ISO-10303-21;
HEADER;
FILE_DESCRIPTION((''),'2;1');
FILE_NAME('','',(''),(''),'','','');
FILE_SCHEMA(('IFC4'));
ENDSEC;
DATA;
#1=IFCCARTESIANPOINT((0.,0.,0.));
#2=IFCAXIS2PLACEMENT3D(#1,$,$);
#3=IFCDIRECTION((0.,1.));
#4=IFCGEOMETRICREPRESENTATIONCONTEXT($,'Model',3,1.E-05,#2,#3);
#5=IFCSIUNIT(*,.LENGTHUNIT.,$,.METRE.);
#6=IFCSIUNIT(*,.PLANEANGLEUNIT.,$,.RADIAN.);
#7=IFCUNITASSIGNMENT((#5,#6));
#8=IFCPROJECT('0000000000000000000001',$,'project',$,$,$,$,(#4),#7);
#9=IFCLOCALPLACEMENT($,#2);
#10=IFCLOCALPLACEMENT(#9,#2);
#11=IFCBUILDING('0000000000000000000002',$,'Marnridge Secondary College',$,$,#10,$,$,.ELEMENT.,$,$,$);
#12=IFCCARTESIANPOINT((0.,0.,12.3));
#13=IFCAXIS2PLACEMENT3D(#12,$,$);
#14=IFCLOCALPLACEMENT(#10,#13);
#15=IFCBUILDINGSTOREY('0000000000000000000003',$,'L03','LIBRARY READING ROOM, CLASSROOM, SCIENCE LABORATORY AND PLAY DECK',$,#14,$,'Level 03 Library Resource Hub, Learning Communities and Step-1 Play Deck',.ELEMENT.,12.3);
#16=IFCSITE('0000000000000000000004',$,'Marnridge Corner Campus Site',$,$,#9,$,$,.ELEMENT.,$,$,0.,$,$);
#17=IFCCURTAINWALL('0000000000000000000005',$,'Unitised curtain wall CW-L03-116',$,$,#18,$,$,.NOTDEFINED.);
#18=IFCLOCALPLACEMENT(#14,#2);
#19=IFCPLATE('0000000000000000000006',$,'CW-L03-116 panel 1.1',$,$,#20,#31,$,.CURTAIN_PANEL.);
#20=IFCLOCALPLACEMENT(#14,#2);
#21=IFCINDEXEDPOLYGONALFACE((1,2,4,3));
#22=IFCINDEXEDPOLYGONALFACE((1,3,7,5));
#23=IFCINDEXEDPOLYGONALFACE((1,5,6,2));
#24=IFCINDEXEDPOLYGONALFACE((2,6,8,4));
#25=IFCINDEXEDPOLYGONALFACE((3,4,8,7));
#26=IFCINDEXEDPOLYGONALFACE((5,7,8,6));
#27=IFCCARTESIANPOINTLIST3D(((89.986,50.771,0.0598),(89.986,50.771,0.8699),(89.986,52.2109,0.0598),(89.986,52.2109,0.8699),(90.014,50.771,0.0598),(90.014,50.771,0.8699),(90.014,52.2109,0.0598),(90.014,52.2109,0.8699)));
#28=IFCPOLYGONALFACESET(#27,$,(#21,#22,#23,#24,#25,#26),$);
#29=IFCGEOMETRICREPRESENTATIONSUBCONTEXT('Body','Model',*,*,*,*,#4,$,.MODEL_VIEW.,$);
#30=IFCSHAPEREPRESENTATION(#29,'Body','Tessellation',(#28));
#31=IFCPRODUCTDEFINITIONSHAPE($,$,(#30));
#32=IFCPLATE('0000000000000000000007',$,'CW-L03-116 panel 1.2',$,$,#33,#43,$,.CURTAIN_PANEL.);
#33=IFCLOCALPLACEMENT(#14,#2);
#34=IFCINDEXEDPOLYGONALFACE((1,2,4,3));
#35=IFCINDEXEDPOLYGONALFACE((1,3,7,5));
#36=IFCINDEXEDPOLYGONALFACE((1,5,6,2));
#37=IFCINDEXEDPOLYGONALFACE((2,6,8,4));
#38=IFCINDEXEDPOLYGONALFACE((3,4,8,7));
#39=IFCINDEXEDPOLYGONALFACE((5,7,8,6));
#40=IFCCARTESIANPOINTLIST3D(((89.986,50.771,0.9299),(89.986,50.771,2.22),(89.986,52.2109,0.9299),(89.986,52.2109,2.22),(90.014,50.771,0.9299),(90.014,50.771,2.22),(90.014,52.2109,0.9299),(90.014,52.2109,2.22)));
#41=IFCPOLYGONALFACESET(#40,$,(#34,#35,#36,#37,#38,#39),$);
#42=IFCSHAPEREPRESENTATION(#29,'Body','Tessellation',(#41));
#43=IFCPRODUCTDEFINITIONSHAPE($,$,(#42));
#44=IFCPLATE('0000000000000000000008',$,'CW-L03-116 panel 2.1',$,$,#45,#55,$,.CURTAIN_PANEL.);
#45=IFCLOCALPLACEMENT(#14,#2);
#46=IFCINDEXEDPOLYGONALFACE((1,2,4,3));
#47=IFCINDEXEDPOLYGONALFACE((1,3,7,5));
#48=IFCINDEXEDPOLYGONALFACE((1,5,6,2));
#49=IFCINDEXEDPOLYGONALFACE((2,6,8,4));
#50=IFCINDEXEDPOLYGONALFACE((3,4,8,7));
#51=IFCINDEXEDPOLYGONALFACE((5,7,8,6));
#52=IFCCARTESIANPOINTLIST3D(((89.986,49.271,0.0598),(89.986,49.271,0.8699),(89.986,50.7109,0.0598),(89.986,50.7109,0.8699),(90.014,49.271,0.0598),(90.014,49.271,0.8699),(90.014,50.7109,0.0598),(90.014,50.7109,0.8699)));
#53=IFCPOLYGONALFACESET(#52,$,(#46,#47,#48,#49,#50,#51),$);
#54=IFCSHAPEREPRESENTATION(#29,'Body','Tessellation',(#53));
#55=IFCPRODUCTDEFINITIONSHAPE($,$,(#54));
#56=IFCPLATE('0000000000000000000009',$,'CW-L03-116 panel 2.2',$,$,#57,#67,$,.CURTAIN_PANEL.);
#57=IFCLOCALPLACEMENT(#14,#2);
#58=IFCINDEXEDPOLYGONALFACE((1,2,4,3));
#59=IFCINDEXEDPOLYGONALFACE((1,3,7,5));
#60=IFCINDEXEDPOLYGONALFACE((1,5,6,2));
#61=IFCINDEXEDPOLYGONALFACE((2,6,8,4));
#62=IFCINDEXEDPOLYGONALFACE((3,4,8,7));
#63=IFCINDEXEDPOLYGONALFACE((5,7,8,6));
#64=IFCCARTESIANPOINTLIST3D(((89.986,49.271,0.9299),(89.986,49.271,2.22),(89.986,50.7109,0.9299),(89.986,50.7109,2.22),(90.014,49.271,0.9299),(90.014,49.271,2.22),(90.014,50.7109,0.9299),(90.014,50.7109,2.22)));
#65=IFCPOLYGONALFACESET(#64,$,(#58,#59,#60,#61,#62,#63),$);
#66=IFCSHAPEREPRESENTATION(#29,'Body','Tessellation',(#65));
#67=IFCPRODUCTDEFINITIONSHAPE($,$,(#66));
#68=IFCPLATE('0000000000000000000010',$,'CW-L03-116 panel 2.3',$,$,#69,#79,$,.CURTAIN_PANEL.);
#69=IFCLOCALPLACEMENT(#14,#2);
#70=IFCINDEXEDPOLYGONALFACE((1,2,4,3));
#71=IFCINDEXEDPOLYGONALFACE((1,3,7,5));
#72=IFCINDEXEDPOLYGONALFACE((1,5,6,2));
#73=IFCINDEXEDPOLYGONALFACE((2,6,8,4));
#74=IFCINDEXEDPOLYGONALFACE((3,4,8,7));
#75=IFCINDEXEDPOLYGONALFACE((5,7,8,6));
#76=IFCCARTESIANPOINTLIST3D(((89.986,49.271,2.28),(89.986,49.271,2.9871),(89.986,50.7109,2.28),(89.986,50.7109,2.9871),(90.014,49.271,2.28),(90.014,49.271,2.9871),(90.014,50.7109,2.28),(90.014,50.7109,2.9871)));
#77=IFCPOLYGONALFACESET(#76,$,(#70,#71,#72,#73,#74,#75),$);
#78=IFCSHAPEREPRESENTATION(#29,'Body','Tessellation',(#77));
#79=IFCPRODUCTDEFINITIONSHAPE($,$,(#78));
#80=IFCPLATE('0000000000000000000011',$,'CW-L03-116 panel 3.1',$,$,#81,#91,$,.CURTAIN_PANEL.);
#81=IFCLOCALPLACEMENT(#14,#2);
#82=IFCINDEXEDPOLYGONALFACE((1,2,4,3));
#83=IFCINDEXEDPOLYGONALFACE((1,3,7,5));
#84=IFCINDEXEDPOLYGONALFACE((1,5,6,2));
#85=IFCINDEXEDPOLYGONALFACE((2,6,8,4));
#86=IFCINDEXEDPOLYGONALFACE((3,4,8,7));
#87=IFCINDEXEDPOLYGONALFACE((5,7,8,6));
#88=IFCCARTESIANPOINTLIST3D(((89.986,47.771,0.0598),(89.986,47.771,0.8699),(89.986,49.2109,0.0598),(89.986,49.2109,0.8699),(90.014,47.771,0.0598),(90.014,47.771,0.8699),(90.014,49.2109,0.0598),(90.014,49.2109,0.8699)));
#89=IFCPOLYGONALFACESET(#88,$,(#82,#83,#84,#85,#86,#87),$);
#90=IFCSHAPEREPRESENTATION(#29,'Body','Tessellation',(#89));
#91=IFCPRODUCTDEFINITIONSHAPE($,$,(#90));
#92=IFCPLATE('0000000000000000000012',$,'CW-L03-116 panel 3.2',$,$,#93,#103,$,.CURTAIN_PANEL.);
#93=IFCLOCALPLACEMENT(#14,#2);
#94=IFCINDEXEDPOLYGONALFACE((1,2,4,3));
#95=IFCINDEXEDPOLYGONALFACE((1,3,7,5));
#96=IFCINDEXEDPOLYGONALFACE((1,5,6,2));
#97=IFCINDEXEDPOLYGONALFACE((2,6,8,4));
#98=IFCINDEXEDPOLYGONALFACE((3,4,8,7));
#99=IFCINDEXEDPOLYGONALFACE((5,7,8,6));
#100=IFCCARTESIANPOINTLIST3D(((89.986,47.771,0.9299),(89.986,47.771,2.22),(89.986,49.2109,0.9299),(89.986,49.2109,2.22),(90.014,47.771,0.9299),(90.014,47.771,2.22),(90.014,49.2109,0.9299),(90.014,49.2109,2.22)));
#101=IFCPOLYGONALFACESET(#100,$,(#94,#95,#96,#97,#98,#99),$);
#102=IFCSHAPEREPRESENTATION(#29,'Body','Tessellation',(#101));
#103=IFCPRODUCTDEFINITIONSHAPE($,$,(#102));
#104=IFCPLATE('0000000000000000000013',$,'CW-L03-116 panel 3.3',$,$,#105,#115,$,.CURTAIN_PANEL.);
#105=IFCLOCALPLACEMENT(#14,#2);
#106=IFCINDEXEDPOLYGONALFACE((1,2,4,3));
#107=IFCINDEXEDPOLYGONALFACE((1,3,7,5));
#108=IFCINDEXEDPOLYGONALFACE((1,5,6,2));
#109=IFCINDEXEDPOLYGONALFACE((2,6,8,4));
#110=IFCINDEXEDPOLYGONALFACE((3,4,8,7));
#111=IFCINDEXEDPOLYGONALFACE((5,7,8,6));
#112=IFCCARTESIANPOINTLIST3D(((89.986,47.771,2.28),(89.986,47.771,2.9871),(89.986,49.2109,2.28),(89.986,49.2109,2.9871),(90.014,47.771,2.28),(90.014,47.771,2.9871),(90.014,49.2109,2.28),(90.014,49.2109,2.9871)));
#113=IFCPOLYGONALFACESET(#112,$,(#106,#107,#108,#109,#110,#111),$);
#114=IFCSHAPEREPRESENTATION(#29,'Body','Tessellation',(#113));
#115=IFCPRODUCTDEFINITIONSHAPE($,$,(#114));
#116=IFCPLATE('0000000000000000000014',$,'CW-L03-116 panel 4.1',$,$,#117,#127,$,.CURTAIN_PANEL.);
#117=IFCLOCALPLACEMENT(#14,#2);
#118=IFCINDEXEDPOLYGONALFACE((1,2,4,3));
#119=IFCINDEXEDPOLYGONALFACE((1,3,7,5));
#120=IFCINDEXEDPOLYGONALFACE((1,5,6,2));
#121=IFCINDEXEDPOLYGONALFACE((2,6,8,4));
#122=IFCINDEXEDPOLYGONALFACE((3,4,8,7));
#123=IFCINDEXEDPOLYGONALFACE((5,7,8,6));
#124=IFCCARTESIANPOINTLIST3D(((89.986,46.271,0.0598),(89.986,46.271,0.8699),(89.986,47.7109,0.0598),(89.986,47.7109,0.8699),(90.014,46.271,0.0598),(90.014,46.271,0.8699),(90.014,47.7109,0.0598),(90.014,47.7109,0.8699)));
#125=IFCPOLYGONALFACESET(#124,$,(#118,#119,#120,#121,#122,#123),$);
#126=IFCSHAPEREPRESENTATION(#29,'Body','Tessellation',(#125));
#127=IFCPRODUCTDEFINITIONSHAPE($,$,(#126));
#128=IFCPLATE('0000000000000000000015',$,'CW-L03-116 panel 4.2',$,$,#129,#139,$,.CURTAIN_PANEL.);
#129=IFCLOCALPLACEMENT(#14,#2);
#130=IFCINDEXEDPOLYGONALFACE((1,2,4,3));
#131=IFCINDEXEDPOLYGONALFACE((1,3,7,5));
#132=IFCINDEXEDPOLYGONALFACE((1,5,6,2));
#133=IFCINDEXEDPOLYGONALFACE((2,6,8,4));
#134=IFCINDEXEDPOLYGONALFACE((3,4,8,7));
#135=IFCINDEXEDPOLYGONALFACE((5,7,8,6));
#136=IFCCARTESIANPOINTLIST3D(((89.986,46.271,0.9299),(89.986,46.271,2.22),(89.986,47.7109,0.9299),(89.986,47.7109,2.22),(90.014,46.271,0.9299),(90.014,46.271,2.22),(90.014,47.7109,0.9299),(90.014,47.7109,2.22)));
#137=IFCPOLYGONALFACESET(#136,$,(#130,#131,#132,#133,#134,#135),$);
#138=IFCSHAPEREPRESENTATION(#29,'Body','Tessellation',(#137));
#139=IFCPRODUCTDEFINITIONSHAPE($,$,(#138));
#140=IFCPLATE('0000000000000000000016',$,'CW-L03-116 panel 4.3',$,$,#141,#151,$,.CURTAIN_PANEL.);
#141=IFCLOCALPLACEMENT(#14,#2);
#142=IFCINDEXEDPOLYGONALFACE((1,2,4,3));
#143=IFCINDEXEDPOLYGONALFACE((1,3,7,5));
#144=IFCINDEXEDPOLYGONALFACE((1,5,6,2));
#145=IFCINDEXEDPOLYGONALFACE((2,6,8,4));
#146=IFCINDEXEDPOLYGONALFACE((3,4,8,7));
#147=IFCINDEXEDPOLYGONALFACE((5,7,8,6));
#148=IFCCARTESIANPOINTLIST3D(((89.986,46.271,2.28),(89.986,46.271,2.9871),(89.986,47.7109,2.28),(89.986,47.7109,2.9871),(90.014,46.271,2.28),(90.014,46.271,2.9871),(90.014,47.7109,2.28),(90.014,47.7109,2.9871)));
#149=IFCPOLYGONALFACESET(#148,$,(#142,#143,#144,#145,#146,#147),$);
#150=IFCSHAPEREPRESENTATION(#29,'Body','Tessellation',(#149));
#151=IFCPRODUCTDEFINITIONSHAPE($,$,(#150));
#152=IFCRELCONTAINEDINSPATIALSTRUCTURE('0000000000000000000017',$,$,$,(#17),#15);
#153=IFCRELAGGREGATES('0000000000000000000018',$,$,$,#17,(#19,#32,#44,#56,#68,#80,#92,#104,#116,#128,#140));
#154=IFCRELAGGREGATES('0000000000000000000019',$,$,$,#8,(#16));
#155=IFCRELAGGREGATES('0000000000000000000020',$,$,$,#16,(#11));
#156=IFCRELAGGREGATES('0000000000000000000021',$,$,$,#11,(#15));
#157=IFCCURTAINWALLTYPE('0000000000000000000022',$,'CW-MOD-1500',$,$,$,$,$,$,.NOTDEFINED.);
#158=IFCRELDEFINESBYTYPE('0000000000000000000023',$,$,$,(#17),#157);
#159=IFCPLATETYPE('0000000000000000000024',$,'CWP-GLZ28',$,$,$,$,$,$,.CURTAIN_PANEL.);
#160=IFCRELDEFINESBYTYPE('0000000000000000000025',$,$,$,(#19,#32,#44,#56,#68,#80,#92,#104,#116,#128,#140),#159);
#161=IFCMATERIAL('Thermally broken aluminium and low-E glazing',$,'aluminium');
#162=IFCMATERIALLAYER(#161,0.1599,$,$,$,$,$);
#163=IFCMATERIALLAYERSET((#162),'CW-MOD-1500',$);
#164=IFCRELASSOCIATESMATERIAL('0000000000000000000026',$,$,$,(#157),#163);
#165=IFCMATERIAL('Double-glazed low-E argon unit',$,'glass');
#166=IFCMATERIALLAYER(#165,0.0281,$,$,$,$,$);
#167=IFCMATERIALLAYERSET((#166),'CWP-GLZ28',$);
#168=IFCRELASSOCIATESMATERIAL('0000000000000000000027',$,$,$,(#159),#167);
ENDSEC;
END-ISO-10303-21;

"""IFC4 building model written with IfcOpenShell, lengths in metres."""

from ifc_helpers import new_model, si_unit, direction, frame, origin, origin_2d, place, context, subcontext, project, spatial, rectangle, extrude, material, layer, layer_set, type_object, element, aggregate, save


model = new_model("IFC4")

# Units and contexts
model_context = context("Model", 3, precision=1e-05, world=origin(), true_north=direction((0.0, 1.0)))
body_context = subcontext(model_context, "Body", "Model", "MODEL_VIEW")
ifc_project = project(units=[si_unit("LENGTHUNIT", "METRE"), si_unit("PLANEANGLEUNIT", "RADIAN")], contexts=[model_context])

# Site, building, storey
site_placement = place(None, origin())
site = spatial("IfcSite", under=ifc_project, at=site_placement, Name="Marnridge Corner Campus Site", CompositionType="ELEMENT", RefElevation=0.0)
building_placement = place(site_placement, origin())
building = spatial("IfcBuilding", under=site, at=building_placement, Name="Marnridge Secondary College", CompositionType="ELEMENT")
storey_placement = place(building_placement, frame((0.0, 0.0, 12.3)))
storey = spatial("IfcBuildingStorey", under=building, at=storey_placement, Name="L03", Description="LIBRARY READING ROOM, CLASSROOM, SCIENCE LABORATORY AND PLAY DECK", LongName="Level 03 Library Resource Hub, Learning Communities and Step-1 Play Deck", CompositionType="ELEMENT", Elevation=12.3)

# Curtain wall, plates
ifc_material_1 = material(Name="Thermally broken aluminium and low-E glazing", Category="aluminium")
ifc_layer_1 = layer(ifc_material_1, 0.1599)
ifc_layer_set_1 = layer_set([ifc_layer_1], Name="CW-MOD-1500")
curtain_wall_type = type_object("IfcCurtainWallType", Name="CW-MOD-1500", PredefinedType="NOTDEFINED", material=ifc_layer_set_1)
curtain_wall_placement = place(storey_placement, origin())
curtain_wall = element("IfcCurtainWall", 1, at=curtain_wall_placement, inside=storey, type_object=curtain_wall_type, Name="Unitised curtain wall CW-L03-116", PredefinedType="NOTDEFINED")
ifc_material_2 = material(Name="Double-glazed low-E argon unit", Category="glass")
ifc_layer_2 = layer(ifc_material_2, 0.0281)
ifc_layer_set_2 = layer_set([ifc_layer_2], Name="CWP-GLZ28")
plate_type = type_object("IfcPlateType", Name="CWP-GLZ28", PredefinedType="CURTAIN_PANEL", material=ifc_layer_set_2)
plate_1_placement = place(storey_placement, frame((90.0, 51.491, 0.0598), z_axis=(0.0, 0.0, 1.0), x_axis=(0.0, -1.0, 0.0)))
plate_1 = element("IfcPlate", 2, at=plate_1_placement, type_object=plate_type, Name="CW-L03-116 panel 1.1", PredefinedType="CURTAIN_PANEL", context=body_context, shape_type="SweptSolid", body=[
    extrude(rectangle(XDim=1.4399, YDim=0.0281, at=origin_2d()), origin(), (0.0, 0.0, 1.0), 0.8101),
])
plate_2_placement = place(storey_placement, frame((90.0, 51.491, 0.9299), z_axis=(0.0, 0.0, 1.0), x_axis=(0.0, -1.0, 0.0)))
plate_2 = element("IfcPlate", 3, at=plate_2_placement, type_object=plate_type, Name="CW-L03-116 panel 1.2", PredefinedType="CURTAIN_PANEL", context=body_context, shape_type="SweptSolid", body=[
    extrude(rectangle(XDim=1.4399, YDim=0.0281, at=origin_2d()), origin(), (0.0, 0.0, 1.0), 1.29),
])
plate_3_placement = place(storey_placement, frame((90.0, 49.991, 0.0598), z_axis=(0.0, 0.0, 1.0), x_axis=(0.0, -1.0, 0.0)))
plate_3 = element("IfcPlate", 4, at=plate_3_placement, type_object=plate_type, Name="CW-L03-116 panel 2.1", PredefinedType="CURTAIN_PANEL", context=body_context, shape_type="SweptSolid", body=[
    extrude(rectangle(XDim=1.4399, YDim=0.0281, at=origin_2d()), origin(), (0.0, 0.0, 1.0), 0.8101),
])
plate_4_placement = place(storey_placement, frame((90.0, 49.991, 0.9299), z_axis=(0.0, 0.0, 1.0), x_axis=(0.0, -1.0, 0.0)))
plate_4 = element("IfcPlate", 5, at=plate_4_placement, type_object=plate_type, Name="CW-L03-116 panel 2.2", PredefinedType="CURTAIN_PANEL", context=body_context, shape_type="SweptSolid", body=[
    extrude(rectangle(XDim=1.4399, YDim=0.0281, at=origin_2d()), origin(), (0.0, 0.0, 1.0), 1.29),
])
plate_5_placement = place(storey_placement, frame((90.0, 49.991, 2.28), z_axis=(0.0, 0.0, 1.0), x_axis=(0.0, -1.0, 0.0)))
plate_5 = element("IfcPlate", 6, at=plate_5_placement, type_object=plate_type, Name="CW-L03-116 panel 2.3", PredefinedType="CURTAIN_PANEL", context=body_context, shape_type="SweptSolid", body=[
    extrude(rectangle(XDim=1.4399, YDim=0.0281, at=origin_2d()), origin(), (0.0, 0.0, 1.0), 0.707),
])
plate_6_placement = place(storey_placement, frame((90.0, 48.491, 0.0598), z_axis=(0.0, 0.0, 1.0), x_axis=(0.0, -1.0, 0.0)))
plate_6 = element("IfcPlate", 7, at=plate_6_placement, type_object=plate_type, Name="CW-L03-116 panel 3.1", PredefinedType="CURTAIN_PANEL", context=body_context, shape_type="SweptSolid", body=[
    extrude(rectangle(XDim=1.4399, YDim=0.0281, at=origin_2d()), origin(), (0.0, 0.0, 1.0), 0.8101),
])
plate_7_placement = place(storey_placement, frame((90.0, 48.491, 0.9299), z_axis=(0.0, 0.0, 1.0), x_axis=(0.0, -1.0, 0.0)))
plate_7 = element("IfcPlate", 8, at=plate_7_placement, type_object=plate_type, Name="CW-L03-116 panel 3.2", PredefinedType="CURTAIN_PANEL", context=body_context, shape_type="SweptSolid", body=[
    extrude(rectangle(XDim=1.4399, YDim=0.0281, at=origin_2d()), origin(), (0.0, 0.0, 1.0), 1.29),
])
plate_8_placement = place(storey_placement, frame((90.0, 48.491, 2.28), z_axis=(0.0, 0.0, 1.0), x_axis=(0.0, -1.0, 0.0)))
plate_8 = element("IfcPlate", 9, at=plate_8_placement, type_object=plate_type, Name="CW-L03-116 panel 3.3", PredefinedType="CURTAIN_PANEL", context=body_context, shape_type="SweptSolid", body=[
    extrude(rectangle(XDim=1.4399, YDim=0.0281, at=origin_2d()), origin(), (0.0, 0.0, 1.0), 0.707),
])
plate_9_placement = place(storey_placement, frame((90.0, 46.991, 0.0598), z_axis=(0.0, 0.0, 1.0), x_axis=(0.0, -1.0, 0.0)))
plate_9 = element("IfcPlate", 10, at=plate_9_placement, type_object=plate_type, Name="CW-L03-116 panel 4.1", PredefinedType="CURTAIN_PANEL", context=body_context, shape_type="SweptSolid", body=[
    extrude(rectangle(XDim=1.4399, YDim=0.0281, at=origin_2d()), origin(), (0.0, 0.0, 1.0), 0.8101),
])
plate_10_placement = place(storey_placement, frame((90.0, 46.991, 0.9299), z_axis=(0.0, 0.0, 1.0), x_axis=(0.0, -1.0, 0.0)))
plate_10 = element("IfcPlate", 11, at=plate_10_placement, type_object=plate_type, Name="CW-L03-116 panel 4.2", PredefinedType="CURTAIN_PANEL", context=body_context, shape_type="SweptSolid", body=[
    extrude(rectangle(XDim=1.4399, YDim=0.0281, at=origin_2d()), origin(), (0.0, 0.0, 1.0), 1.29),
])
plate_11_placement = place(storey_placement, frame((90.0, 46.991, 2.28), z_axis=(0.0, 0.0, 1.0), x_axis=(0.0, -1.0, 0.0)))
plate_11 = element("IfcPlate", 12, at=plate_11_placement, type_object=plate_type, Name="CW-L03-116 panel 4.3", PredefinedType="CURTAIN_PANEL", context=body_context, shape_type="SweptSolid", body=[
    extrude(rectangle(XDim=1.4399, YDim=0.0281, at=origin_2d()), origin(), (0.0, 0.0, 1.0), 0.707),
])
aggregate(curtain_wall, [plate_1, plate_2, plate_3, plate_4, plate_5, plate_6, plate_7, plate_8, plate_9, plate_10, plate_11])

save(model, "model.ifc")
